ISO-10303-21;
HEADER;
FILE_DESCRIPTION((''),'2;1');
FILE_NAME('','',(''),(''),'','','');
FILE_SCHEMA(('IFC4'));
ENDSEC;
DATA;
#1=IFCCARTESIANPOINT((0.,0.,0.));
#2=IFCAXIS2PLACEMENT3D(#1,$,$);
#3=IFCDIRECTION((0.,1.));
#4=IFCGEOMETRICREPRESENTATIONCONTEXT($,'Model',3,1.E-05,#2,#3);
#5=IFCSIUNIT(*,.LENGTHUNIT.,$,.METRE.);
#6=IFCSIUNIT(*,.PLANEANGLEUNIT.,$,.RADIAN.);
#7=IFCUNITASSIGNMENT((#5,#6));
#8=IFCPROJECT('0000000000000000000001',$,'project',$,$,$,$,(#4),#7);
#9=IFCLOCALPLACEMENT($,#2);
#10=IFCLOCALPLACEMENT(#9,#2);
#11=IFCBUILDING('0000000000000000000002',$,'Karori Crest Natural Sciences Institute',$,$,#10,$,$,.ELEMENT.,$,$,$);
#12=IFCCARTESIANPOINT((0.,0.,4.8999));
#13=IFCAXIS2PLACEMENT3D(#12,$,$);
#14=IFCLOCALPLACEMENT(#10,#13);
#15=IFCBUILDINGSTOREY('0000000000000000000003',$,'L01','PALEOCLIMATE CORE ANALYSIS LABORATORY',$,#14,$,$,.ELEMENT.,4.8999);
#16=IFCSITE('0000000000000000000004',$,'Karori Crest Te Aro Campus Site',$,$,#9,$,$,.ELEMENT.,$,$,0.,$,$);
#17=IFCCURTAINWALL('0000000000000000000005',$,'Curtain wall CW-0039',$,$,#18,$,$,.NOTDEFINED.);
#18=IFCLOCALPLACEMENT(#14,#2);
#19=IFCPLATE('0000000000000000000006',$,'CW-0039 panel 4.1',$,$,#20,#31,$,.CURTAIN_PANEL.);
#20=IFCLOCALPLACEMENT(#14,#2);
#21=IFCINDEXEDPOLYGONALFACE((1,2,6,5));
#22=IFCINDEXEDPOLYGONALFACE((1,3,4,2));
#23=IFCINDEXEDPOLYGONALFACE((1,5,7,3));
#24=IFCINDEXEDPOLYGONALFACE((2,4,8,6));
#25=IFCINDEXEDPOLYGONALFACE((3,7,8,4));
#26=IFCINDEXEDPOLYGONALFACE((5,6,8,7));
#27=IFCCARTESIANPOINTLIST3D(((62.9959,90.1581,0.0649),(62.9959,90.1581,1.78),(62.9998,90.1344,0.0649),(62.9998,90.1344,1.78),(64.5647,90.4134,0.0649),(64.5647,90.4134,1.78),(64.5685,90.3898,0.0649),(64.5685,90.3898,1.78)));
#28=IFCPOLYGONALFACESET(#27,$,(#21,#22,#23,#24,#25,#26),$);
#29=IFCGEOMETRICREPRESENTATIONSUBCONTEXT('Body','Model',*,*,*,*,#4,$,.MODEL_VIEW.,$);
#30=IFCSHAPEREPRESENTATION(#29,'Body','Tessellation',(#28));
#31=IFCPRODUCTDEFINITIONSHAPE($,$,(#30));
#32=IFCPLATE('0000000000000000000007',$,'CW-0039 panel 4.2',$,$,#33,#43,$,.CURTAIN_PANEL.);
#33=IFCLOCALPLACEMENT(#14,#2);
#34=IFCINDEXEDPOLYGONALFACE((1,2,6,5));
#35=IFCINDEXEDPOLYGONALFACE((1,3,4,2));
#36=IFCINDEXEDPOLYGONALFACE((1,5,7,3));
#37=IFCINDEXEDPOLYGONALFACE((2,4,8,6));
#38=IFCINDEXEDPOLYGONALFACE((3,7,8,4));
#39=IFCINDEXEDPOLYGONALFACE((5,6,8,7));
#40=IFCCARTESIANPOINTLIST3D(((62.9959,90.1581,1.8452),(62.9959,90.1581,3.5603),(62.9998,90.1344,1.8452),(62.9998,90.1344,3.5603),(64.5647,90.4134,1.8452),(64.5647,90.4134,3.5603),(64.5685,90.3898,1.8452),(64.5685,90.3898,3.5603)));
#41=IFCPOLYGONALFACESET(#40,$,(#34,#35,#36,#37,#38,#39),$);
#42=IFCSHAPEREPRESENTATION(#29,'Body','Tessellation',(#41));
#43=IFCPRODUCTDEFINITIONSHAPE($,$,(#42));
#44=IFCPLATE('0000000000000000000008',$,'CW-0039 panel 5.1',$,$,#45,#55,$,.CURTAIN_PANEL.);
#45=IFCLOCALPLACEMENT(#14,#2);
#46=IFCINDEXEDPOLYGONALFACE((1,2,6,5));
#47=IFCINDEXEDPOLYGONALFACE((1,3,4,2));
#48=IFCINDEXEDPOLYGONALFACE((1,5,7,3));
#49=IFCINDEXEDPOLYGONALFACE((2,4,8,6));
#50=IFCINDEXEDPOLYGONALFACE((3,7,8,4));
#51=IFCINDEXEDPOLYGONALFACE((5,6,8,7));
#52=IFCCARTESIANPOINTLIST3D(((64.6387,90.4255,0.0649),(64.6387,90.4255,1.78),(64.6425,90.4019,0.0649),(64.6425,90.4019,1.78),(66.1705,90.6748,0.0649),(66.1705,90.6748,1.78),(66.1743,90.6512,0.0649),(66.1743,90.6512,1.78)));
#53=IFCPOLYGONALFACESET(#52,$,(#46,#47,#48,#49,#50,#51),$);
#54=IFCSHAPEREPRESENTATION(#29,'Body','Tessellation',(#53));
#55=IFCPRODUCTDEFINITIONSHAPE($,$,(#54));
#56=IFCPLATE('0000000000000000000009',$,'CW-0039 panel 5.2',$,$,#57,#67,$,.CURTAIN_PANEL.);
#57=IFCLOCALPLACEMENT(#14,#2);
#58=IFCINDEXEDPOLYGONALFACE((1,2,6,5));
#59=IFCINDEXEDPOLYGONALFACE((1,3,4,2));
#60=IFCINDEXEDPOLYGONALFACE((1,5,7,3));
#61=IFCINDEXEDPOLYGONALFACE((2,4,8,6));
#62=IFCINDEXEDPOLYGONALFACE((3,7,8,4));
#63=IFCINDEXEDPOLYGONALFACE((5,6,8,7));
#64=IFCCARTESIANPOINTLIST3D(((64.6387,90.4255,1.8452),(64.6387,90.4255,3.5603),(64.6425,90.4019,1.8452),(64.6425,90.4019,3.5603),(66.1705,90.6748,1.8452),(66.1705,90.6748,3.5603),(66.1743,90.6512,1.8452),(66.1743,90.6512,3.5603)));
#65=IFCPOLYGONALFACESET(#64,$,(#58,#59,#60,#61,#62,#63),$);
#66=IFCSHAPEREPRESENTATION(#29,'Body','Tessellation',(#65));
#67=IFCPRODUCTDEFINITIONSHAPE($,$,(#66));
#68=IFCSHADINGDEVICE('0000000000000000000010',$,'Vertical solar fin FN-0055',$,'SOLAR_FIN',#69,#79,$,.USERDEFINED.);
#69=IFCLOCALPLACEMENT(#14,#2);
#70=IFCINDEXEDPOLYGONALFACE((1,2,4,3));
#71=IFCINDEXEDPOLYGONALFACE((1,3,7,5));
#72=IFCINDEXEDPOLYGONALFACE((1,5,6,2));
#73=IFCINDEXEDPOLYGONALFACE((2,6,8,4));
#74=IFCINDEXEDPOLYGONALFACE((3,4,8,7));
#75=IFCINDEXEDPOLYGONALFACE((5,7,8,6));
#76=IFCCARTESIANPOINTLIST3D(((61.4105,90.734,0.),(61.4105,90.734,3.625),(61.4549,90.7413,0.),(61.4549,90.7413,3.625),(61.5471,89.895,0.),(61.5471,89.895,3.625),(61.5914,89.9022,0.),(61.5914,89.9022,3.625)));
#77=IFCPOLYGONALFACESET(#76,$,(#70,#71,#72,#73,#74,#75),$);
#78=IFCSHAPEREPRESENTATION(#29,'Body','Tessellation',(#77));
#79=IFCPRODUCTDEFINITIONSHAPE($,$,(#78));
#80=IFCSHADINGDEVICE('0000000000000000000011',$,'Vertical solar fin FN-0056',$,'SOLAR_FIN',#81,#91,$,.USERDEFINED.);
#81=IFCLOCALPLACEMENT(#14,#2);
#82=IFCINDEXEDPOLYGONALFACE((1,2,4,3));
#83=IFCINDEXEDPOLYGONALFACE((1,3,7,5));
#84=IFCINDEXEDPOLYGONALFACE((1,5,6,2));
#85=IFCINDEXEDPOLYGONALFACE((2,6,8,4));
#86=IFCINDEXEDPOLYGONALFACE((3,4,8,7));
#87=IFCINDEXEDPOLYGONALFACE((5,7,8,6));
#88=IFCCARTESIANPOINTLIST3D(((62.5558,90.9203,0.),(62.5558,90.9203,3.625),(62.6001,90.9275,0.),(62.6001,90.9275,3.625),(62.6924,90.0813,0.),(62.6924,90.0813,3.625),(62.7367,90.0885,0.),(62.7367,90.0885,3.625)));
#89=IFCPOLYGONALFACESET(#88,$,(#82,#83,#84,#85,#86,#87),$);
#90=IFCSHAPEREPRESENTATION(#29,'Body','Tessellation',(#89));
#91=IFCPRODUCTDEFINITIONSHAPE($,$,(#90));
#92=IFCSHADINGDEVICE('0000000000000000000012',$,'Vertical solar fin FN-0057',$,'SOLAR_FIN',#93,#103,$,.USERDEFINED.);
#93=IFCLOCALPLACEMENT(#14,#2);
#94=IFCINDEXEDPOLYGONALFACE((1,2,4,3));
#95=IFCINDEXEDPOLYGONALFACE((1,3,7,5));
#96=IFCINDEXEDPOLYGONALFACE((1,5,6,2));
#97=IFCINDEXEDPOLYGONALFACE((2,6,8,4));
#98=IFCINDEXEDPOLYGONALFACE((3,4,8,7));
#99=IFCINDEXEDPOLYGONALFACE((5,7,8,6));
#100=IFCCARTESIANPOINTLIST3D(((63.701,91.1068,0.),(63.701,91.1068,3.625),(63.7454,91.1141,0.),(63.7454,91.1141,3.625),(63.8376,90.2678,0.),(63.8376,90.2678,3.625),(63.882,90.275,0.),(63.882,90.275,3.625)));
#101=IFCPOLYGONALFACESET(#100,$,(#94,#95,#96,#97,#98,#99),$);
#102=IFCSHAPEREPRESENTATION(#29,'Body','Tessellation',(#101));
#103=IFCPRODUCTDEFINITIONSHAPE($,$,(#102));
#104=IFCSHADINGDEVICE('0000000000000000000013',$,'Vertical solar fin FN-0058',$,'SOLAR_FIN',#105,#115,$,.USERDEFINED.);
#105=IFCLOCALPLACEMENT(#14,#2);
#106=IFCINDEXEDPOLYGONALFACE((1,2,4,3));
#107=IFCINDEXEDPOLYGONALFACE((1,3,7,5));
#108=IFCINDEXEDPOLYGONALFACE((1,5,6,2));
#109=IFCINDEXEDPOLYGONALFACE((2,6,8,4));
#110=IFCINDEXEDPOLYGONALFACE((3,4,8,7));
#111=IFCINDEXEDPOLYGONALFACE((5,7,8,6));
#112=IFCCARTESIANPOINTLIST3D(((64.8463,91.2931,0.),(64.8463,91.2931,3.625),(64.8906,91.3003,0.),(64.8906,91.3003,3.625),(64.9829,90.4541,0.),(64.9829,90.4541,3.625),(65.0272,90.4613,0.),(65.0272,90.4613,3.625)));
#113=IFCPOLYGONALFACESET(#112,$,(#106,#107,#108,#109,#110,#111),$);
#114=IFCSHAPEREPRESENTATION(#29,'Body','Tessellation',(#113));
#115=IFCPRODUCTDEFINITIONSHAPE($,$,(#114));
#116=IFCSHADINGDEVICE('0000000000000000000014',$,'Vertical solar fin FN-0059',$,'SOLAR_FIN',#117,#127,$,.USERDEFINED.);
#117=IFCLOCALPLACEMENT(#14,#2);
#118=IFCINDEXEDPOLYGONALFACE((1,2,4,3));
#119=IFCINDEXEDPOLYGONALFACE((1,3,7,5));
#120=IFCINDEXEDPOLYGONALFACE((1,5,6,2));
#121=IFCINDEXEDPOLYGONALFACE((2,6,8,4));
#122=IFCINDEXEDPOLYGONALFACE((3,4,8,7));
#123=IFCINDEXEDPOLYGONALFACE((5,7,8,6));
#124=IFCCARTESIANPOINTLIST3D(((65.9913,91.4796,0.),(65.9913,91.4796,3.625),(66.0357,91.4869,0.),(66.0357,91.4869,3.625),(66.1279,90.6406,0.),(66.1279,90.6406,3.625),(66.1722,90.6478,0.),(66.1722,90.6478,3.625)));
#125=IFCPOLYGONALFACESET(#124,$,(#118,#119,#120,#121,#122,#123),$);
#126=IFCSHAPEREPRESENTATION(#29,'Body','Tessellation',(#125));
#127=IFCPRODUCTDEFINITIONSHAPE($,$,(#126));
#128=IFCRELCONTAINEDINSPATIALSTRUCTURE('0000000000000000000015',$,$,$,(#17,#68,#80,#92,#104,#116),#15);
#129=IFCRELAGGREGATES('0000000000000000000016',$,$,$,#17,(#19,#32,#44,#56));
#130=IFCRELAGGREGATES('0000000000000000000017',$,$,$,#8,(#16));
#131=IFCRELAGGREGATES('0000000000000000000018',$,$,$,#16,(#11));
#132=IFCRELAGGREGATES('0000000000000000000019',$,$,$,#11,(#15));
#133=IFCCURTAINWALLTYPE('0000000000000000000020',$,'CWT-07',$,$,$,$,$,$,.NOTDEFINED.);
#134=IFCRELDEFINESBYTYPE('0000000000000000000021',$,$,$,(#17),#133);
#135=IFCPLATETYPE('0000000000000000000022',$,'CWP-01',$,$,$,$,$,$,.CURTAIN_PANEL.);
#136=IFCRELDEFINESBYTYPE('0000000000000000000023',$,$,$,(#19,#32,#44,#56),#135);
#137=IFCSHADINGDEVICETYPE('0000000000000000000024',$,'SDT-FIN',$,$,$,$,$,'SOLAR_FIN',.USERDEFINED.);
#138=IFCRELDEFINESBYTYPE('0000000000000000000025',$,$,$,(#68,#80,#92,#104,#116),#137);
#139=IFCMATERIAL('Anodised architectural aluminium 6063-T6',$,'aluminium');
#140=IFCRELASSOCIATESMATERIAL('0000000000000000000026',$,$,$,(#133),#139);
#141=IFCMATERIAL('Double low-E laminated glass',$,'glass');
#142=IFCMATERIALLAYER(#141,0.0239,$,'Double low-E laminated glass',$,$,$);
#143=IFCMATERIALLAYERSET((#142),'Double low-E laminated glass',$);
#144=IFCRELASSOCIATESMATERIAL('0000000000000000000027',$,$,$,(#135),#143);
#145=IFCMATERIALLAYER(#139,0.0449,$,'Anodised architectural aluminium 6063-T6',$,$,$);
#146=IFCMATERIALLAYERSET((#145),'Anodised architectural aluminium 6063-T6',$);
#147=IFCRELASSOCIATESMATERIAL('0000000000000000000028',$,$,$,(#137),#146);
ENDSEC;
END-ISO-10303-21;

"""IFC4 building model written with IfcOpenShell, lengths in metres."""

from ifc_helpers import new_model, si_unit, direction, frame, origin, origin_2d, place, context, subcontext, project, spatial, rectangle, extrude, material, layer, layer_set, type_object, element, aggregate, save


model = new_model("IFC4")

# Units and contexts
model_context = context("Model", 3, precision=1e-05, world=origin(), true_north=direction((0.0, 1.0)))
body_context = subcontext(model_context, "Body", "Model", "MODEL_VIEW")
ifc_project = project(units=[si_unit("LENGTHUNIT", "METRE"), si_unit("PLANEANGLEUNIT", "RADIAN")], contexts=[model_context])

# Site, building, storey
site_placement = place(None, origin())
site = spatial("IfcSite", under=ifc_project, at=site_placement, Name="Karori Crest Te Aro Campus Site", CompositionType="ELEMENT", RefElevation=0.0)
building_placement = place(site_placement, origin())
building = spatial("IfcBuilding", under=site, at=building_placement, Name="Karori Crest Natural Sciences Institute", CompositionType="ELEMENT")
storey_placement = place(building_placement, frame((0.0, 0.0, 4.8999)))
storey = spatial("IfcBuildingStorey", under=building, at=storey_placement, Name="L01", Description="PALEOCLIMATE CORE ANALYSIS LABORATORY", CompositionType="ELEMENT", Elevation=4.8999)

# Curtain wall, plates
ifc_material_1 = material(Name="Anodised architectural aluminium 6063-T6", Category="aluminium")
curtain_wall_type = type_object("IfcCurtainWallType", Name="CWT-07", PredefinedType="NOTDEFINED", material=ifc_material_1)
curtain_wall_placement = place(storey_placement, origin())
curtain_wall = element("IfcCurtainWall", 1, at=curtain_wall_placement, inside=storey, type_object=curtain_wall_type, Name="Curtain wall CW-0039", PredefinedType="NOTDEFINED")
ifc_material_2 = material(Name="Double low-E laminated glass", Category="glass")
ifc_layer_1 = layer(ifc_material_2, 0.0239, Name="Double low-E laminated glass")
ifc_layer_set_1 = layer_set([ifc_layer_1], Name="Double low-E laminated glass")
plate_type = type_object("IfcPlateType", Name="CWP-01", PredefinedType="CURTAIN_PANEL", material=ifc_layer_set_1)
plate_1_placement = place(storey_placement, frame((63.7822, 90.2739, 0.0649), z_axis=(0.0, 0.0, 1.0), x_axis=(0.98701, 0.160657, 0.0)))
plate_1 = element("IfcPlate", 2, at=plate_1_placement, type_object=plate_type, Name="CW-0039 panel 4.1", PredefinedType="CURTAIN_PANEL", context=body_context, shape_type="SweptSolid", body=[
    extrude(rectangle(XDim=1.5894, YDim=0.0239, at=origin_2d()), origin(), (0.0, 0.0, 1.0), 1.7151),
])
plate_2_placement = place(storey_placement, frame((63.7822, 90.2739, 1.8452), z_axis=(0.0, 0.0, 1.0), x_axis=(0.98701, 0.160657, 0.0)))
plate_2 = element("IfcPlate", 3, at=plate_2_placement, type_object=plate_type, Name="CW-0039 panel 4.2", PredefinedType="CURTAIN_PANEL", context=body_context, shape_type="SweptSolid", body=[
    extrude(rectangle(XDim=1.5894, YDim=0.0239, at=origin_2d()), origin(), (0.0, 0.0, 1.0), 1.7151),
])
plate_3_placement = place(storey_placement, frame((65.4065, 90.5383, 0.0649), z_axis=(0.0, 0.0, 1.0), x_axis=(0.98701, 0.160657, 0.0)))
plate_3 = element("IfcPlate", 4, at=plate_3_placement, type_object=plate_type, Name="CW-0039 panel 5.1", PredefinedType="CURTAIN_PANEL", context=body_context, shape_type="SweptSolid", body=[
    extrude(rectangle(XDim=1.552, YDim=0.0239, at=origin_2d()), origin(), (0.0, 0.0, 1.0), 1.7151),
])
plate_4_placement = place(storey_placement, frame((65.4065, 90.5383, 1.8452), z_axis=(0.0, 0.0, 1.0), x_axis=(0.98701, 0.160657, 0.0)))
plate_4 = element("IfcPlate", 5, at=plate_4_placement, type_object=plate_type, Name="CW-0039 panel 5.2", PredefinedType="CURTAIN_PANEL", context=body_context, shape_type="SweptSolid", body=[
    extrude(rectangle(XDim=1.552, YDim=0.0239, at=origin_2d()), origin(), (0.0, 0.0, 1.0), 1.7151),
])
aggregate(curtain_wall, [plate_1, plate_2, plate_3, plate_4])

# Shading devices
ifc_layer_2 = layer(ifc_material_1, 0.0449, Name="Anodised architectural aluminium 6063-T6")
ifc_layer_set_2 = layer_set([ifc_layer_2], Name="Anodised architectural aluminium 6063-T6")
shading_device_type = type_object("IfcShadingDeviceType", Name="SDT-FIN", ElementType="SOLAR_FIN", PredefinedType="USERDEFINED", material=ifc_layer_set_2)
for number, where, z_axis, x_axis, name in (
    (6, (61.501, 90.3181, 0.0), (0.0, 0.0, 1.0), (-0.160656, 0.98701, 0.0), "Vertical solar fin FN-0055"),
    (7, (62.6462, 90.5044, 0.0), (0.0, 0.0, 1.0), (-0.160656, 0.98701, 0.0), "Vertical solar fin FN-0056"),
    (8, (63.7915, 90.6909, 0.0), (0.0, 0.0, 1.0), (-0.160656, 0.98701, 0.0), "Vertical solar fin FN-0057"),
    (9, (64.9368, 90.8772, 0.0), (0.0, 0.0, 1.0), (-0.160656, 0.98701, 0.0), "Vertical solar fin FN-0058"),
    (10, (66.0818, 91.0637, 0.0), (0.0, 0.0, 1.0), (-0.160656, 0.98701, 0.0), "Vertical solar fin FN-0059"),
):
    element("IfcShadingDevice", number, at=place(storey_placement, frame(where, z_axis=z_axis, x_axis=x_axis)), inside=storey, type_object=shading_device_type, Name=name, ObjectType="SOLAR_FIN", PredefinedType="USERDEFINED", context=body_context, shape_type="SweptSolid", body=[
        extrude(rectangle(XDim=0.8501, YDim=0.0449, at=origin_2d()), origin(), (0.0, 0.0, 1.0), 3.625),
    ])

save(model, "model.ifc")
